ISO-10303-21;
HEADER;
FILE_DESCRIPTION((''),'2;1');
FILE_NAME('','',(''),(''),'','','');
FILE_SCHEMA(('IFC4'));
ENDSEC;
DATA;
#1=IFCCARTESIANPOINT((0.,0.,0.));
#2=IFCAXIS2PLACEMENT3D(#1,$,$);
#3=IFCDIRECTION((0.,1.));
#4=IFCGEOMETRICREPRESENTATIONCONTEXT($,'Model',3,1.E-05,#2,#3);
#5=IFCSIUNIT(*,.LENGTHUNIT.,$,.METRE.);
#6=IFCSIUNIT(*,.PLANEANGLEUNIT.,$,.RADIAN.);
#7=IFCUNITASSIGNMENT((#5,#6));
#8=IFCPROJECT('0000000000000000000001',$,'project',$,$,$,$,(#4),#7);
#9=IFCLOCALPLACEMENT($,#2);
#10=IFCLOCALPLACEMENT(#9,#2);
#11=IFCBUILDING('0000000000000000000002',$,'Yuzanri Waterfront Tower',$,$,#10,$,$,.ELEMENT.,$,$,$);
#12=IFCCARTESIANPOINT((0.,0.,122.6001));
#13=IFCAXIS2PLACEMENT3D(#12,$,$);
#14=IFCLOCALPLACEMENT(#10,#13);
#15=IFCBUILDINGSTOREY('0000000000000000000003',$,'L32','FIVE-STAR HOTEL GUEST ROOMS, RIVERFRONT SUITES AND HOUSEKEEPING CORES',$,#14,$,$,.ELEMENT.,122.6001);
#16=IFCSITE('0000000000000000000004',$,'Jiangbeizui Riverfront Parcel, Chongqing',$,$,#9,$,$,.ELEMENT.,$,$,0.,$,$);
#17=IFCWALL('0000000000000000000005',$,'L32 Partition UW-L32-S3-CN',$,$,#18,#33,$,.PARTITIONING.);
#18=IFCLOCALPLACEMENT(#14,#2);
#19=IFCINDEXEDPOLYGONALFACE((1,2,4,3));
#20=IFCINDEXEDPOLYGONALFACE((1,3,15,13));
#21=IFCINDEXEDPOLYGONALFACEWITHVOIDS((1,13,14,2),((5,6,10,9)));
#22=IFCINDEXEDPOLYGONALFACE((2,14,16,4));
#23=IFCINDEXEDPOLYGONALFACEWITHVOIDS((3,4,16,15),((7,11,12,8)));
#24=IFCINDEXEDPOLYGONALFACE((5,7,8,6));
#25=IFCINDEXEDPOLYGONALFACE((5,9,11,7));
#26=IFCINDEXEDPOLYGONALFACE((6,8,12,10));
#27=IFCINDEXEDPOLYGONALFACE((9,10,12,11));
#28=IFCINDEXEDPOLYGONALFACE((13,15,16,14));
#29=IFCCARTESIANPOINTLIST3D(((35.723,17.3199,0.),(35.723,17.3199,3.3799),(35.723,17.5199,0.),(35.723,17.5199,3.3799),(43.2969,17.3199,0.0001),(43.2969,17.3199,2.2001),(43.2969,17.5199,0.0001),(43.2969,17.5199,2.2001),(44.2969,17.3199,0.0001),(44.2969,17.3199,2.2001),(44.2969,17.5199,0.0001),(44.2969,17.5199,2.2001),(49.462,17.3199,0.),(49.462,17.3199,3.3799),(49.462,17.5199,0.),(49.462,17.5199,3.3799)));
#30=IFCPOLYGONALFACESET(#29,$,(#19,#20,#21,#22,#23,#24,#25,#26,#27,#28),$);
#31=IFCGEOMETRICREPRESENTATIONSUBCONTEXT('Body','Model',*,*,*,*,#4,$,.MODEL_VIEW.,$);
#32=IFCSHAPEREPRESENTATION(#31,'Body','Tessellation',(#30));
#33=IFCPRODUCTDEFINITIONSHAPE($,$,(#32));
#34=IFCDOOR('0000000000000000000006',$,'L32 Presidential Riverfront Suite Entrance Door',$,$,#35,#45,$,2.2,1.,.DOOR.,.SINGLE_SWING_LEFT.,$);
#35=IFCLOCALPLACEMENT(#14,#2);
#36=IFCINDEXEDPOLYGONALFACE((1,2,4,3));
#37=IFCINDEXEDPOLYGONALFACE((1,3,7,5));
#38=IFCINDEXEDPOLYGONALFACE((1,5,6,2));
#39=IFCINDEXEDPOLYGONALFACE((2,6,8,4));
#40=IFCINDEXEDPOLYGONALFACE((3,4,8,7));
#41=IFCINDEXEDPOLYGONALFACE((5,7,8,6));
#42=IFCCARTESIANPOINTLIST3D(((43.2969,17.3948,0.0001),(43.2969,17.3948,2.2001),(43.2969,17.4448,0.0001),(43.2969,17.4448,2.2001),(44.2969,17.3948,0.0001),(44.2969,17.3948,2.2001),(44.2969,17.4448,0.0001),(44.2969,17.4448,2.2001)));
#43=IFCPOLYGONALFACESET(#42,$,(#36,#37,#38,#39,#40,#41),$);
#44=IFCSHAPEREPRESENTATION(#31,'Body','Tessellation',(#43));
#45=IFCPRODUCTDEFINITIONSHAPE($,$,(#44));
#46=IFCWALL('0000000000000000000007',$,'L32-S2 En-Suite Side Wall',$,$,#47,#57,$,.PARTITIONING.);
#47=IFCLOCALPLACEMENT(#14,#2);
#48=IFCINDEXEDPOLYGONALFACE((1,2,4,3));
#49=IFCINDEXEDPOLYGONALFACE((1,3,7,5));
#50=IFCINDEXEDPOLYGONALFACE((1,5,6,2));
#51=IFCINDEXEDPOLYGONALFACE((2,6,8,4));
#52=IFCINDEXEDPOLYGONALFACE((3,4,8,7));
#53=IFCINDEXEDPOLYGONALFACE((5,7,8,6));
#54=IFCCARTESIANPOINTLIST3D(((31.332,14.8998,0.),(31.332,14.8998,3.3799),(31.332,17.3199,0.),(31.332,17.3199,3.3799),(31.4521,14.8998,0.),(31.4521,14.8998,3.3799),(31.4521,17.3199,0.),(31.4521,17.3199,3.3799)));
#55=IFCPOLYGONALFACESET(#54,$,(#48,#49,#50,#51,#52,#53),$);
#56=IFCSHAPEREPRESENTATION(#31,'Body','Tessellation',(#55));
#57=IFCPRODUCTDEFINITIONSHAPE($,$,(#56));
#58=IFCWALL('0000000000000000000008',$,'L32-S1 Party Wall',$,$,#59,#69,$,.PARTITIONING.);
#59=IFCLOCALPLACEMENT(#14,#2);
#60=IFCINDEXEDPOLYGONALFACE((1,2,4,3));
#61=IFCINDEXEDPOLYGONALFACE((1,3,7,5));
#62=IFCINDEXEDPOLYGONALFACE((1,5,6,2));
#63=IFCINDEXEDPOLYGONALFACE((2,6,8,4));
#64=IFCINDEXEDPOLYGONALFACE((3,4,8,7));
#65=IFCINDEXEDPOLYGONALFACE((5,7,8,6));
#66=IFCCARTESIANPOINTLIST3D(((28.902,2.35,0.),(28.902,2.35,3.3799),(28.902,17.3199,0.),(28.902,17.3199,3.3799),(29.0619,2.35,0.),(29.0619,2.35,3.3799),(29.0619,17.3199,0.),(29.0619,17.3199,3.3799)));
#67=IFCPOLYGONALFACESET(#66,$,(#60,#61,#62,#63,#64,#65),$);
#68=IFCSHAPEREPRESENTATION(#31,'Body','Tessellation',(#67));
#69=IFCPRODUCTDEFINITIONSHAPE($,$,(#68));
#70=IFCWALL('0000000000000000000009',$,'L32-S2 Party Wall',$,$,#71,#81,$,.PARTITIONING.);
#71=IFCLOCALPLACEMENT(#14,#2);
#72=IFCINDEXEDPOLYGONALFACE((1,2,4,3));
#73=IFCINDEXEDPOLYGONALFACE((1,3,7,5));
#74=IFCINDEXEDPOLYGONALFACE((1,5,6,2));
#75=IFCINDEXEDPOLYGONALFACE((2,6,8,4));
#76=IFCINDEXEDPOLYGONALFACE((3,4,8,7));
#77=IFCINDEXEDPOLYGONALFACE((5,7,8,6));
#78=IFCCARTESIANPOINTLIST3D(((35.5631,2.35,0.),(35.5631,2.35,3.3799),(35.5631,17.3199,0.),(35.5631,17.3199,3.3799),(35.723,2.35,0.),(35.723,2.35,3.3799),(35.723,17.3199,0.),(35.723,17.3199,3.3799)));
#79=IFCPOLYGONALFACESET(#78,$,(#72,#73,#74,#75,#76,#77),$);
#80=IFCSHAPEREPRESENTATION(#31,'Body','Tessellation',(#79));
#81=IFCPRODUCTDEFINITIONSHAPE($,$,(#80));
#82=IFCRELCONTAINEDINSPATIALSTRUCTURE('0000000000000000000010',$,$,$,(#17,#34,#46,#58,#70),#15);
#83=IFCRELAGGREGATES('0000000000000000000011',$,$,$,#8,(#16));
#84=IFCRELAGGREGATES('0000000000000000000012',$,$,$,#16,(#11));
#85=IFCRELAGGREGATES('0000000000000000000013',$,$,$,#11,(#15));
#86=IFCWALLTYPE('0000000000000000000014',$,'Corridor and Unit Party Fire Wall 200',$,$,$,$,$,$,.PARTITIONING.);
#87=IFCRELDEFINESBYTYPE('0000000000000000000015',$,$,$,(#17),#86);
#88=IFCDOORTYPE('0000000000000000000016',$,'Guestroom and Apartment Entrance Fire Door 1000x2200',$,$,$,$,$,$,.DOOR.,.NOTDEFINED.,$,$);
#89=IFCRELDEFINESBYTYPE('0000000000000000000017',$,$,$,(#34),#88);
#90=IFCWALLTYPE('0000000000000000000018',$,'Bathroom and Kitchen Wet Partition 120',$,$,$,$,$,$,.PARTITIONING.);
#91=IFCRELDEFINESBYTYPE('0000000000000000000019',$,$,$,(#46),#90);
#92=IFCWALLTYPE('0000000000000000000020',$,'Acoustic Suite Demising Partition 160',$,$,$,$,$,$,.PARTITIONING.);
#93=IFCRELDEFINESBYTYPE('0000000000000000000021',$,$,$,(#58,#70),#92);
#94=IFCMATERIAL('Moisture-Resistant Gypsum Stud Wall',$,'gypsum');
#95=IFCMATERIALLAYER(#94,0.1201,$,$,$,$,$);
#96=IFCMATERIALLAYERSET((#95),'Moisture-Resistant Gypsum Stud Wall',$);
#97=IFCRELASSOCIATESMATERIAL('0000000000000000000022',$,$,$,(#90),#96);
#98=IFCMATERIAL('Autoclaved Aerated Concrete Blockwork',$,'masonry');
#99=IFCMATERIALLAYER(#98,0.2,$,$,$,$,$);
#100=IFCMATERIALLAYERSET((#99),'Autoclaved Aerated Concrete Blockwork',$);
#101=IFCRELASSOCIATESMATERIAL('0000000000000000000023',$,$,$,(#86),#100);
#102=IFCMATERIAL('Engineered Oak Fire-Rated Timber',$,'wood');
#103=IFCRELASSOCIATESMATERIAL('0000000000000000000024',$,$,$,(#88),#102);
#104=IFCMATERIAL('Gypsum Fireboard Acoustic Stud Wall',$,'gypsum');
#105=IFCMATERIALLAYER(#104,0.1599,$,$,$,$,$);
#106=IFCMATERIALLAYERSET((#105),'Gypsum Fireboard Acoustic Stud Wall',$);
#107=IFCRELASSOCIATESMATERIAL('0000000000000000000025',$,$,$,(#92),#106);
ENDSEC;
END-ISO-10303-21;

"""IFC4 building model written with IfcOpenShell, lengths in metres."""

from ifc_helpers import new_model, si_unit, direction, frame, frame_2d, origin, place, context, subcontext, project, spatial, rectangle, extrude, source, transform, mapped, material, layer, layer_set, type_object, element, fill, save


model = new_model("IFC4")

# Units and contexts
model_context = context("Model", 3, precision=1e-05, world=origin(), true_north=direction((0.0, 1.0)))
body_context = subcontext(model_context, "Body", "Model", "MODEL_VIEW")
ifc_project = project(units=[si_unit("LENGTHUNIT", "METRE"), si_unit("PLANEANGLEUNIT", "RADIAN")], contexts=[model_context])

# Site, building, storey
site_placement = place(None, origin())
site = spatial("IfcSite", under=ifc_project, at=site_placement, Name="Jiangbeizui Riverfront Parcel, Chongqing", CompositionType="ELEMENT", RefElevation=0.0)
building_placement = place(site_placement, origin())
building = spatial("IfcBuilding", under=site, at=building_placement, Name="Yuzanri Waterfront Tower", CompositionType="ELEMENT")
storey_placement = place(building_placement, frame((0.0, 0.0, 122.6001)))
storey = spatial("IfcBuildingStorey", under=building, at=storey_placement, Name="L32", Description="FIVE-STAR HOTEL GUEST ROOMS, RIVERFRONT SUITES AND HOUSEKEEPING CORES", CompositionType="ELEMENT", Elevation=122.6001)

# Wall, opening, door
ifc_material_1 = material(Name="Moisture-Resistant Gypsum Stud Wall", Category="gypsum")
ifc_layer_1 = layer(ifc_material_1, 0.1201)
ifc_layer_set_1 = layer_set([ifc_layer_1], Name="Moisture-Resistant Gypsum Stud Wall")
wall_type_1 = type_object("IfcWallType", Name="Bathroom and Kitchen Wet Partition 120", PredefinedType="PARTITIONING", material=ifc_layer_set_1)
ifc_material_2 = material(Name="Autoclaved Aerated Concrete Blockwork", Category="masonry")
ifc_layer_2 = layer(ifc_material_2, 0.2)
ifc_layer_set_2 = layer_set([ifc_layer_2], Name="Autoclaved Aerated Concrete Blockwork")
wall_type_2 = type_object("IfcWallType", Name="Corridor and Unit Party Fire Wall 200", PredefinedType="PARTITIONING", material=ifc_layer_set_2)
ifc_material_3 = material(Name="Engineered Oak Fire-Rated Timber", Category="wood")
door_type_1 = type_object("IfcDoorType", Name="Guestroom and Apartment Entrance Fire Door 1000x2200", OperationType="NOTDEFINED", PredefinedType="DOOR", material=ifc_material_3)
shared_shape_1 = source(origin(), body_context, "Body", "SweptSolid", [
    extrude(rectangle(XDim=1.0, YDim=2.2, at=frame_2d((0.5, 1.1001))), frame((0.0, 0.0249, 0.0), z_axis=(0.0, -1.0, 0.0), x_axis=(1.0, 0.0, 0.0)), (0.0, 0.0, 1.0), 0.05),
])
wall_1_placement = place(storey_placement, frame((35.7229, 17.4199, 0.0), z_axis=(0.0, 0.0, 1.0), x_axis=(1.0, 0.0, 0.0)))
wall_1 = element("IfcWall", 1, at=wall_1_placement, inside=storey, type_object=wall_type_2, Name="L32 Partition UW-L32-S3-CN", PredefinedType="PARTITIONING", context=body_context, shape_type="SweptSolid", body=[
    extrude(rectangle(XDim=13.739, YDim=0.2, at=frame_2d((6.8696, 0.0))), origin(), (0.0, 0.0, 1.0), 3.3799),
])
opening_1_placement = place(wall_1_placement, frame((7.574, 0.0, 0.0)))
opening_1 = element("IfcOpeningElement", 2, at=opening_1_placement, cuts=wall_1, PredefinedType="OPENING", context=body_context, shape_type="SweptSolid", body=[
    extrude(rectangle(XDim=1.0, YDim=2.2, at=frame_2d((0.5, 1.1001))), frame((0.0, 0.1147, 0.0), z_axis=(0.0, -1.0, 0.0), x_axis=(1.0, 0.0, 0.0)), (0.0, 0.0, 1.0), 0.2297),
])
door_1_placement = place(opening_1_placement, origin())
door_1 = element("IfcDoor", 3, at=door_1_placement, inside=storey, type_object=door_type_1, Name="L32 Presidential Riverfront Suite Entrance Door", OperationType="SINGLE_SWING_LEFT", OverallHeight=2.2, OverallWidth=1.0, PredefinedType="DOOR", context=body_context, shape_type="MappedRepresentation", body=[
    mapped(shared_shape_1, transform((0.0, 0.0, 0.0), scale=1.0)),
])
fill(opening_1, door_1)

# Walls
shared_shape_2 = source(origin(), body_context, "Body", "SweptSolid", [
    extrude(rectangle(XDim=2.4202, YDim=0.1201, at=frame_2d((1.21, 0.0))), origin(), (0.0, 0.0, 1.0), 3.3799),
])
wall_2_placement = place(storey_placement, frame((31.3921, 14.8999, 0.0), z_axis=(0.0, 0.0, 1.0), x_axis=(0.0, 1.0, 0.0)))
element("IfcWall", 4, at=wall_2_placement, inside=storey, type_object=wall_type_1, Name="L32-S2 En-Suite Side Wall", PredefinedType="PARTITIONING", context=body_context, shape_type="MappedRepresentation", body=[
    mapped(shared_shape_2, transform((0.0, 0.0, 0.0), scale=1.0)),
])
ifc_material_4 = material(Name="Gypsum Fireboard Acoustic Stud Wall", Category="gypsum")
ifc_layer_3 = layer(ifc_material_4, 0.1599)
ifc_layer_set_3 = layer_set([ifc_layer_3], Name="Gypsum Fireboard Acoustic Stud Wall")
wall_type_3 = type_object("IfcWallType", Name="Acoustic Suite Demising Partition 160", PredefinedType="PARTITIONING", material=ifc_layer_set_3)
shared_shape_3 = source(origin(), body_context, "Body", "SweptSolid", [
    extrude(rectangle(XDim=14.97, YDim=0.1599, at=frame_2d((7.4849, 0.0))), origin(), (0.0, 0.0, 1.0), 3.3799),
])
for number, where, z_axis, x_axis, name in (
    (5, (28.9819, 2.3501, 0.0), (0.0, 0.0, 1.0), (0.0, 1.0, 0.0), "L32-S1 Party Wall"),
    (6, (35.6431, 2.3501, 0.0), (0.0, 0.0, 1.0), (0.0, 1.0, 0.0), "L32-S2 Party Wall"),
):
    element("IfcWall", number, at=place(storey_placement, frame(where, z_axis=z_axis, x_axis=x_axis)), inside=storey, type_object=wall_type_3, Name=name, PredefinedType="PARTITIONING", context=body_context, shape_type="MappedRepresentation", body=[
        mapped(shared_shape_3, transform((0.0, 0.0, 0.0), scale=1.0)),
    ])

save(model, "model.ifc")
